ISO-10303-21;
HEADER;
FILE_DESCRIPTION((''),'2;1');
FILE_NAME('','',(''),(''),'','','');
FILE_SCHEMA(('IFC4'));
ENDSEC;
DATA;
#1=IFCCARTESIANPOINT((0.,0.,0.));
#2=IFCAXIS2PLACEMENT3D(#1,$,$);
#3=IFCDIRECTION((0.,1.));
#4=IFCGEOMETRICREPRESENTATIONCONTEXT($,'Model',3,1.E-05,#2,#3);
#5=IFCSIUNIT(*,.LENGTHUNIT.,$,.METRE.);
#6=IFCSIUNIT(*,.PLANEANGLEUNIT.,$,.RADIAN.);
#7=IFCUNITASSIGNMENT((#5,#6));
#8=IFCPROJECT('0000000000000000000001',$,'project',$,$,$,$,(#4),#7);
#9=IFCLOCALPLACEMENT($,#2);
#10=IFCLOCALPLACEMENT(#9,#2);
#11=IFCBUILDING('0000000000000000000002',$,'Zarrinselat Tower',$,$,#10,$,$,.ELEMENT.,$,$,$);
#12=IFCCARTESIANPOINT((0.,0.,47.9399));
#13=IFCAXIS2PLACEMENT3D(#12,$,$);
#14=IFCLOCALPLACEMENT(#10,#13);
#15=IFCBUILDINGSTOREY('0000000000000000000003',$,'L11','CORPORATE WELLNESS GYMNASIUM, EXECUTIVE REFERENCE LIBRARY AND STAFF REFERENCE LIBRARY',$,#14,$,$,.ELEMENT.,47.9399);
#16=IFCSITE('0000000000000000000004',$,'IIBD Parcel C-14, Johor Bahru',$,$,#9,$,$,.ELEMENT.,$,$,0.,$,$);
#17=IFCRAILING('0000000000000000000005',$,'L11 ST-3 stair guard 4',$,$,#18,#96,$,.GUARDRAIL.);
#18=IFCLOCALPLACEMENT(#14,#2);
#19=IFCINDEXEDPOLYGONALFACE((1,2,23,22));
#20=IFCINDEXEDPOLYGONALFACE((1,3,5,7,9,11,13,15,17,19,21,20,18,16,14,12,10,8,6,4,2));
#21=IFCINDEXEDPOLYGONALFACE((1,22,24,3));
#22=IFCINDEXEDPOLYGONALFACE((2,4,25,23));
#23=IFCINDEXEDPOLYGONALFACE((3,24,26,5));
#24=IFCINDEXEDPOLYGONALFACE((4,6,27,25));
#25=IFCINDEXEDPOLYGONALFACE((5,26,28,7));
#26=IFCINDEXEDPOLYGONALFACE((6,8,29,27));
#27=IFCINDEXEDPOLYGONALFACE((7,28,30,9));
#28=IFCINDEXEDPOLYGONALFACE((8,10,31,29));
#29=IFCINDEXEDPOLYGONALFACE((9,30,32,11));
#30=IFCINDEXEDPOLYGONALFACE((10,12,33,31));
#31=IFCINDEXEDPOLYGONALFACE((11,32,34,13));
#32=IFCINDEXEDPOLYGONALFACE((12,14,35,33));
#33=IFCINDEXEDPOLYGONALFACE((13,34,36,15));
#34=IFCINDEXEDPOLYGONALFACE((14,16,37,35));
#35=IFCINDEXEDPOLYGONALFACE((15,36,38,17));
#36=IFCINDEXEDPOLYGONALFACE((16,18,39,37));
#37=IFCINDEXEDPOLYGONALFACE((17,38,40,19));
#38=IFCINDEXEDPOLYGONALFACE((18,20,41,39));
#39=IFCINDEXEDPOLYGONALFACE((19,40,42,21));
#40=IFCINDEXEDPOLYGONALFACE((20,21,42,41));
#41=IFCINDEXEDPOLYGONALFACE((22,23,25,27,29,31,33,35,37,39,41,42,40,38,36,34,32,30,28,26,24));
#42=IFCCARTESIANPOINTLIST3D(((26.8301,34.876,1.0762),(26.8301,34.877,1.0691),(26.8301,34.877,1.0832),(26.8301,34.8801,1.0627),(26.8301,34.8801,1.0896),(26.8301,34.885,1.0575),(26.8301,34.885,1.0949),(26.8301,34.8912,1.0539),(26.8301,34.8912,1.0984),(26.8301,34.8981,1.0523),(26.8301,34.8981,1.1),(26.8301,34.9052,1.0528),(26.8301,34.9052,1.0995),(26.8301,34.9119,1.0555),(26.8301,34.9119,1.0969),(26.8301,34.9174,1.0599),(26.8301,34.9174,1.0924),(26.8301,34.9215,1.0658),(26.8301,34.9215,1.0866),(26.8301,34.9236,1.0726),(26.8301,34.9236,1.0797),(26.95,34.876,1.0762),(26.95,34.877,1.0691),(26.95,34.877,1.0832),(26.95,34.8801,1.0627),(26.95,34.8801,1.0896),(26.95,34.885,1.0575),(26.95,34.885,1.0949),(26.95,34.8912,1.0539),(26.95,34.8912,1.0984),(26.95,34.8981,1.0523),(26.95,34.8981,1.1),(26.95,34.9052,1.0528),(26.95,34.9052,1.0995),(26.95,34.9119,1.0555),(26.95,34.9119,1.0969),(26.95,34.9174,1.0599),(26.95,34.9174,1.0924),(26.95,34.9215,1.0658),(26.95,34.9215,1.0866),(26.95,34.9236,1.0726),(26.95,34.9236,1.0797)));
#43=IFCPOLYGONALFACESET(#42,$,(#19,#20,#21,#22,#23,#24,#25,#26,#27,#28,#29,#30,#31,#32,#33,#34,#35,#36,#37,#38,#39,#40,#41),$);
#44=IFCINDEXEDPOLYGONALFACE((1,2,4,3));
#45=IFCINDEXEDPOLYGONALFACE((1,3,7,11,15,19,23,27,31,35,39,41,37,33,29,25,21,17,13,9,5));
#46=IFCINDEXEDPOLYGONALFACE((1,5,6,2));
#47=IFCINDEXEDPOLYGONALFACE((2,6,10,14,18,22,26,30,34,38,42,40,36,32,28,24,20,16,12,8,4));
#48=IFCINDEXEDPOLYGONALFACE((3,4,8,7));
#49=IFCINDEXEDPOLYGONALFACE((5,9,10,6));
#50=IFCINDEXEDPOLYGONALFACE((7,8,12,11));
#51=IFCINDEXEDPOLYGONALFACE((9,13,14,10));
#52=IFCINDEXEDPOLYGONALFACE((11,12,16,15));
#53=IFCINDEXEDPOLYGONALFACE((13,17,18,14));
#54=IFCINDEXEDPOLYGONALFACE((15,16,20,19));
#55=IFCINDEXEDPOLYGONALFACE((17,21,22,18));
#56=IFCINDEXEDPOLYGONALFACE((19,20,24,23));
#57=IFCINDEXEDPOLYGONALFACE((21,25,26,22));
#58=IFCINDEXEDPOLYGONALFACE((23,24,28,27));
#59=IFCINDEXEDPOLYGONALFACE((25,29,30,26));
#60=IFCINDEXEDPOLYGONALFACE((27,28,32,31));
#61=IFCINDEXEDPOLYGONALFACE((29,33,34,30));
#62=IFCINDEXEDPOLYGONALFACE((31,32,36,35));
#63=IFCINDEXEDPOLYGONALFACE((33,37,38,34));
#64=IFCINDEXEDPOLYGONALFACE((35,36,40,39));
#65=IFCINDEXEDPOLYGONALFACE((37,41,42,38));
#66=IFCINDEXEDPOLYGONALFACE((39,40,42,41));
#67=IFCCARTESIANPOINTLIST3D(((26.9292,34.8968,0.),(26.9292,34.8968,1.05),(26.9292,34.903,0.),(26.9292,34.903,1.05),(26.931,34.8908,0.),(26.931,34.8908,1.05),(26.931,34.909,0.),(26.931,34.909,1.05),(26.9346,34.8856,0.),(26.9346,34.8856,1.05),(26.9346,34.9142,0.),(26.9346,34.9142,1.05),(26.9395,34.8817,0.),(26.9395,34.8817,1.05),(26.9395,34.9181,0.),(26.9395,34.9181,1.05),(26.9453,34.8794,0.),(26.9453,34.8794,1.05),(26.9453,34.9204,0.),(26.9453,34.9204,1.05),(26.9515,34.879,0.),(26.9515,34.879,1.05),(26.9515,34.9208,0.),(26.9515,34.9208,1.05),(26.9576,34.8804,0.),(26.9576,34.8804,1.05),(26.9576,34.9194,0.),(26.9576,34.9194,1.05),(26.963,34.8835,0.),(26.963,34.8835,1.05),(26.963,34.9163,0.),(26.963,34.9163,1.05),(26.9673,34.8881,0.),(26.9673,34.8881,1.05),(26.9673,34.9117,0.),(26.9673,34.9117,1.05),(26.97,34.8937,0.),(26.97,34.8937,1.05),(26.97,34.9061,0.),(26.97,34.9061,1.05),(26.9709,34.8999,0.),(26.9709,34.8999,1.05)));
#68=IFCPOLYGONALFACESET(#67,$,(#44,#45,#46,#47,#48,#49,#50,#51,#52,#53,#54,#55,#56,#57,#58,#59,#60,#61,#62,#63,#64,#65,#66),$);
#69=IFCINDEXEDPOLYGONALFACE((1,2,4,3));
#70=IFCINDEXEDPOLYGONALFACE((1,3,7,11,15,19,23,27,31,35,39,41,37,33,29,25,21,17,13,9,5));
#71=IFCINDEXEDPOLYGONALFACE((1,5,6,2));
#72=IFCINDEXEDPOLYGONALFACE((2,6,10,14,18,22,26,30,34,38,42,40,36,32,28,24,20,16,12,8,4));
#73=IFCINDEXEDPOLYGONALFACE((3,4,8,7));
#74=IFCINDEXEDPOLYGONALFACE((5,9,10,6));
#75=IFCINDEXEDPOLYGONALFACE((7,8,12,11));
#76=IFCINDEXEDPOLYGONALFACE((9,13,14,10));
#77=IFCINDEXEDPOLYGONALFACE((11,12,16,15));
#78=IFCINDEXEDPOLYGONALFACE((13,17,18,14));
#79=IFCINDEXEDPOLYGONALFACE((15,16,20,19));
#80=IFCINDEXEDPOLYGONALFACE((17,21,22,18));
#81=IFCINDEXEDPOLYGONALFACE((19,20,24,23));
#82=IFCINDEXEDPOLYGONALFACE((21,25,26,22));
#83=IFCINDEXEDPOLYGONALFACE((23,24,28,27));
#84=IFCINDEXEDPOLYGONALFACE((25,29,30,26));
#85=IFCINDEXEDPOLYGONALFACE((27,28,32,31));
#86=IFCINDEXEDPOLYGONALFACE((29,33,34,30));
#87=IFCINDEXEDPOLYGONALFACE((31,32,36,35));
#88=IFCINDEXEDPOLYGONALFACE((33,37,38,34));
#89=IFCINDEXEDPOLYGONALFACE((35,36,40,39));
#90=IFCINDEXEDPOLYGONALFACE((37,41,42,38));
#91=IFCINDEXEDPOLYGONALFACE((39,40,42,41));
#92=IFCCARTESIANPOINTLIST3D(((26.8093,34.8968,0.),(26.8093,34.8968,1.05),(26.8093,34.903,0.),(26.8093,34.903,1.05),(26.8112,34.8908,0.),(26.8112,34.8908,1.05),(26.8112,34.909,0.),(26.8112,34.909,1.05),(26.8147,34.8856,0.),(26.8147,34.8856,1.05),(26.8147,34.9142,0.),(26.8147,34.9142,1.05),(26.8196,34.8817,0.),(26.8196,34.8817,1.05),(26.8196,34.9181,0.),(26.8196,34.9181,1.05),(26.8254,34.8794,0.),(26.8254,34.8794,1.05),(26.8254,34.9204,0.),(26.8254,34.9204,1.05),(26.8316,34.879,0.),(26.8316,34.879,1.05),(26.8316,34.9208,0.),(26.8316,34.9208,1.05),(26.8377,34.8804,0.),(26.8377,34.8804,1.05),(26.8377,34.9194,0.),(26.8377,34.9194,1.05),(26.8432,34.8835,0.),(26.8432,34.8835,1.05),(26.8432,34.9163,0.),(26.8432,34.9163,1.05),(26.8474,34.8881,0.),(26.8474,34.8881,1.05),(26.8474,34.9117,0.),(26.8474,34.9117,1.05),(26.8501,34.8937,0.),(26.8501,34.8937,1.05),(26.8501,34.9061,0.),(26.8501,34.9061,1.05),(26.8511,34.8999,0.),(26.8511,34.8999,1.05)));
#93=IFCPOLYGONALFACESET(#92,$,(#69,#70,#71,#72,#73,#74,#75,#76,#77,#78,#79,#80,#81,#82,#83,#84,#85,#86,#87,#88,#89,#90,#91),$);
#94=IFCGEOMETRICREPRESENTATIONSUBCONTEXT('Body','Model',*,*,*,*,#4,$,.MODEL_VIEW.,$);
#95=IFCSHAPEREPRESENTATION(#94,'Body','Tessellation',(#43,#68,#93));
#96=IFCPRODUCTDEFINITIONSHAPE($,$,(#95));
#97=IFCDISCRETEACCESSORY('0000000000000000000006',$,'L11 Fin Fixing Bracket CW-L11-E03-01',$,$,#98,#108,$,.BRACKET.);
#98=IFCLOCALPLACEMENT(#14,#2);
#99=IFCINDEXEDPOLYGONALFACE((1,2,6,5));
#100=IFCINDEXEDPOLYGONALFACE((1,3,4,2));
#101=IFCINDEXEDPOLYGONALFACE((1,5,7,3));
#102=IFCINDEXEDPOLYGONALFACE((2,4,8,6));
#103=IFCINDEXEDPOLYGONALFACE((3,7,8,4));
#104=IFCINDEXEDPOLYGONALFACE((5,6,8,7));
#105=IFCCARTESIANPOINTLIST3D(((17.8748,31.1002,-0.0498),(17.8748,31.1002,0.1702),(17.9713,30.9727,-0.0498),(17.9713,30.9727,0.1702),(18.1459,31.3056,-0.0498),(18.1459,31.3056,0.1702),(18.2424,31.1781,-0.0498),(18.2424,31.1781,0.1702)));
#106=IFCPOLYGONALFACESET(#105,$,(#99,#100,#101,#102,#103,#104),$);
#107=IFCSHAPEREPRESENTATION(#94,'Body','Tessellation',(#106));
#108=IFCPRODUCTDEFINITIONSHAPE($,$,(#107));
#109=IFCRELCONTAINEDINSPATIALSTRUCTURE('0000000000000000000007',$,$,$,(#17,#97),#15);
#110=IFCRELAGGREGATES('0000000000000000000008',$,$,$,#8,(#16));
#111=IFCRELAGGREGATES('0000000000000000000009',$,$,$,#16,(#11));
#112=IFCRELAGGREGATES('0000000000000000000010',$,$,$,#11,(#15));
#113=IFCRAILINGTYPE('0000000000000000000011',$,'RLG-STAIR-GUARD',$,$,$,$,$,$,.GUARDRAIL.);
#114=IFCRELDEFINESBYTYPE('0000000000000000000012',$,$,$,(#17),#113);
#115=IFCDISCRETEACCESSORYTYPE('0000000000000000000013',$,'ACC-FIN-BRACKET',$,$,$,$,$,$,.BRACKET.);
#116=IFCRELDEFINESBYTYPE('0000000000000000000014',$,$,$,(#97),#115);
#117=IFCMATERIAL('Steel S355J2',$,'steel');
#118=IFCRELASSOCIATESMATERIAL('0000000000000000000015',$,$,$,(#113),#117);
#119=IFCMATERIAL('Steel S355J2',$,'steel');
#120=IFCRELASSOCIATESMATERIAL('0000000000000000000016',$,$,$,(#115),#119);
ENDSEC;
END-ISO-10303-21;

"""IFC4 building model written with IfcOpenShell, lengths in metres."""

from ifc_helpers import new_model, si_unit, direction, frame, origin, origin_2d, place, context, subcontext, project, spatial, rectangle, circle, extrude, material, type_object, element, save


model = new_model("IFC4")

# Units and contexts
model_context = context("Model", 3, precision=1e-05, world=origin(), true_north=direction((0.0, 1.0)))
body_context = subcontext(model_context, "Body", "Model", "MODEL_VIEW")
ifc_project = project(units=[si_unit("LENGTHUNIT", "METRE"), si_unit("PLANEANGLEUNIT", "RADIAN")], contexts=[model_context])

# Site, building, storey
site_placement = place(None, origin())
site = spatial("IfcSite", under=ifc_project, at=site_placement, Name="IIBD Parcel C-14, Johor Bahru", CompositionType="ELEMENT", RefElevation=0.0)
building_placement = place(site_placement, origin())
building = spatial("IfcBuilding", under=site, at=building_placement, Name="Zarrinselat Tower", CompositionType="ELEMENT")
storey_placement = place(building_placement, frame((0.0, 0.0, 47.9399)))
storey = spatial("IfcBuildingStorey", under=building, at=storey_placement, Name="L11", Description="CORPORATE WELLNESS GYMNASIUM, EXECUTIVE REFERENCE LIBRARY AND STAFF REFERENCE LIBRARY", CompositionType="ELEMENT", Elevation=47.9399)

# Railing
ifc_material_1 = material(Name="Steel S355J2", Category="steel")
railing_type = type_object("IfcRailingType", Name="RLG-STAIR-GUARD", PredefinedType="GUARDRAIL", material=ifc_material_1)
railing_placement = place(storey_placement, frame((26.95, 34.8999, 0.0)))
element("IfcRailing", 1, at=railing_placement, inside=storey, type_object=railing_type, Name="L11 ST-3 stair guard 4", PredefinedType="GUARDRAIL", context=body_context, shape_type="SweptSolid", body=[
    extrude(circle(Radius=0.0239, at=origin_2d()), frame((0.0, 0.0, 1.0762), z_axis=(-1.0, 0.0, 0.0), x_axis=(0.0, -1.0, 0.0)), (0.0, 0.0, 1.0), 0.1199),
    extrude(circle(Radius=0.021, at=origin_2d()), origin(), (0.0, 0.0, 1.0), 1.05),
    extrude(circle(Radius=0.021, at=origin_2d()), frame((-0.1199, 0.0, 0.0)), (0.0, 0.0, 1.0), 1.05),
])

# Discrete accessory
ifc_material_2 = material(Name="Steel S355J2", Category="steel")
discrete_accessory_type = type_object("IfcDiscreteAccessoryType", Name="ACC-FIN-BRACKET", PredefinedType="BRACKET", material=ifc_material_2)
discrete_accessory_placement = place(storey_placement, frame((18.0586, 31.1392, -0.0498), z_axis=(0.0, 0.0, 1.0), x_axis=(-0.797092, -0.603857, 0.0)))
element("IfcDiscreteAccessory", 2, at=discrete_accessory_placement, inside=storey, type_object=discrete_accessory_type, Name="L11 Fin Fixing Bracket CW-L11-E03-01", PredefinedType="BRACKET", context=body_context, shape_type="SweptSolid", body=[
    extrude(rectangle(XDim=0.3401, YDim=0.1599, at=origin_2d()), origin(), (0.0, 0.0, 1.0), 0.22),
])

save(model, "model.ifc")
